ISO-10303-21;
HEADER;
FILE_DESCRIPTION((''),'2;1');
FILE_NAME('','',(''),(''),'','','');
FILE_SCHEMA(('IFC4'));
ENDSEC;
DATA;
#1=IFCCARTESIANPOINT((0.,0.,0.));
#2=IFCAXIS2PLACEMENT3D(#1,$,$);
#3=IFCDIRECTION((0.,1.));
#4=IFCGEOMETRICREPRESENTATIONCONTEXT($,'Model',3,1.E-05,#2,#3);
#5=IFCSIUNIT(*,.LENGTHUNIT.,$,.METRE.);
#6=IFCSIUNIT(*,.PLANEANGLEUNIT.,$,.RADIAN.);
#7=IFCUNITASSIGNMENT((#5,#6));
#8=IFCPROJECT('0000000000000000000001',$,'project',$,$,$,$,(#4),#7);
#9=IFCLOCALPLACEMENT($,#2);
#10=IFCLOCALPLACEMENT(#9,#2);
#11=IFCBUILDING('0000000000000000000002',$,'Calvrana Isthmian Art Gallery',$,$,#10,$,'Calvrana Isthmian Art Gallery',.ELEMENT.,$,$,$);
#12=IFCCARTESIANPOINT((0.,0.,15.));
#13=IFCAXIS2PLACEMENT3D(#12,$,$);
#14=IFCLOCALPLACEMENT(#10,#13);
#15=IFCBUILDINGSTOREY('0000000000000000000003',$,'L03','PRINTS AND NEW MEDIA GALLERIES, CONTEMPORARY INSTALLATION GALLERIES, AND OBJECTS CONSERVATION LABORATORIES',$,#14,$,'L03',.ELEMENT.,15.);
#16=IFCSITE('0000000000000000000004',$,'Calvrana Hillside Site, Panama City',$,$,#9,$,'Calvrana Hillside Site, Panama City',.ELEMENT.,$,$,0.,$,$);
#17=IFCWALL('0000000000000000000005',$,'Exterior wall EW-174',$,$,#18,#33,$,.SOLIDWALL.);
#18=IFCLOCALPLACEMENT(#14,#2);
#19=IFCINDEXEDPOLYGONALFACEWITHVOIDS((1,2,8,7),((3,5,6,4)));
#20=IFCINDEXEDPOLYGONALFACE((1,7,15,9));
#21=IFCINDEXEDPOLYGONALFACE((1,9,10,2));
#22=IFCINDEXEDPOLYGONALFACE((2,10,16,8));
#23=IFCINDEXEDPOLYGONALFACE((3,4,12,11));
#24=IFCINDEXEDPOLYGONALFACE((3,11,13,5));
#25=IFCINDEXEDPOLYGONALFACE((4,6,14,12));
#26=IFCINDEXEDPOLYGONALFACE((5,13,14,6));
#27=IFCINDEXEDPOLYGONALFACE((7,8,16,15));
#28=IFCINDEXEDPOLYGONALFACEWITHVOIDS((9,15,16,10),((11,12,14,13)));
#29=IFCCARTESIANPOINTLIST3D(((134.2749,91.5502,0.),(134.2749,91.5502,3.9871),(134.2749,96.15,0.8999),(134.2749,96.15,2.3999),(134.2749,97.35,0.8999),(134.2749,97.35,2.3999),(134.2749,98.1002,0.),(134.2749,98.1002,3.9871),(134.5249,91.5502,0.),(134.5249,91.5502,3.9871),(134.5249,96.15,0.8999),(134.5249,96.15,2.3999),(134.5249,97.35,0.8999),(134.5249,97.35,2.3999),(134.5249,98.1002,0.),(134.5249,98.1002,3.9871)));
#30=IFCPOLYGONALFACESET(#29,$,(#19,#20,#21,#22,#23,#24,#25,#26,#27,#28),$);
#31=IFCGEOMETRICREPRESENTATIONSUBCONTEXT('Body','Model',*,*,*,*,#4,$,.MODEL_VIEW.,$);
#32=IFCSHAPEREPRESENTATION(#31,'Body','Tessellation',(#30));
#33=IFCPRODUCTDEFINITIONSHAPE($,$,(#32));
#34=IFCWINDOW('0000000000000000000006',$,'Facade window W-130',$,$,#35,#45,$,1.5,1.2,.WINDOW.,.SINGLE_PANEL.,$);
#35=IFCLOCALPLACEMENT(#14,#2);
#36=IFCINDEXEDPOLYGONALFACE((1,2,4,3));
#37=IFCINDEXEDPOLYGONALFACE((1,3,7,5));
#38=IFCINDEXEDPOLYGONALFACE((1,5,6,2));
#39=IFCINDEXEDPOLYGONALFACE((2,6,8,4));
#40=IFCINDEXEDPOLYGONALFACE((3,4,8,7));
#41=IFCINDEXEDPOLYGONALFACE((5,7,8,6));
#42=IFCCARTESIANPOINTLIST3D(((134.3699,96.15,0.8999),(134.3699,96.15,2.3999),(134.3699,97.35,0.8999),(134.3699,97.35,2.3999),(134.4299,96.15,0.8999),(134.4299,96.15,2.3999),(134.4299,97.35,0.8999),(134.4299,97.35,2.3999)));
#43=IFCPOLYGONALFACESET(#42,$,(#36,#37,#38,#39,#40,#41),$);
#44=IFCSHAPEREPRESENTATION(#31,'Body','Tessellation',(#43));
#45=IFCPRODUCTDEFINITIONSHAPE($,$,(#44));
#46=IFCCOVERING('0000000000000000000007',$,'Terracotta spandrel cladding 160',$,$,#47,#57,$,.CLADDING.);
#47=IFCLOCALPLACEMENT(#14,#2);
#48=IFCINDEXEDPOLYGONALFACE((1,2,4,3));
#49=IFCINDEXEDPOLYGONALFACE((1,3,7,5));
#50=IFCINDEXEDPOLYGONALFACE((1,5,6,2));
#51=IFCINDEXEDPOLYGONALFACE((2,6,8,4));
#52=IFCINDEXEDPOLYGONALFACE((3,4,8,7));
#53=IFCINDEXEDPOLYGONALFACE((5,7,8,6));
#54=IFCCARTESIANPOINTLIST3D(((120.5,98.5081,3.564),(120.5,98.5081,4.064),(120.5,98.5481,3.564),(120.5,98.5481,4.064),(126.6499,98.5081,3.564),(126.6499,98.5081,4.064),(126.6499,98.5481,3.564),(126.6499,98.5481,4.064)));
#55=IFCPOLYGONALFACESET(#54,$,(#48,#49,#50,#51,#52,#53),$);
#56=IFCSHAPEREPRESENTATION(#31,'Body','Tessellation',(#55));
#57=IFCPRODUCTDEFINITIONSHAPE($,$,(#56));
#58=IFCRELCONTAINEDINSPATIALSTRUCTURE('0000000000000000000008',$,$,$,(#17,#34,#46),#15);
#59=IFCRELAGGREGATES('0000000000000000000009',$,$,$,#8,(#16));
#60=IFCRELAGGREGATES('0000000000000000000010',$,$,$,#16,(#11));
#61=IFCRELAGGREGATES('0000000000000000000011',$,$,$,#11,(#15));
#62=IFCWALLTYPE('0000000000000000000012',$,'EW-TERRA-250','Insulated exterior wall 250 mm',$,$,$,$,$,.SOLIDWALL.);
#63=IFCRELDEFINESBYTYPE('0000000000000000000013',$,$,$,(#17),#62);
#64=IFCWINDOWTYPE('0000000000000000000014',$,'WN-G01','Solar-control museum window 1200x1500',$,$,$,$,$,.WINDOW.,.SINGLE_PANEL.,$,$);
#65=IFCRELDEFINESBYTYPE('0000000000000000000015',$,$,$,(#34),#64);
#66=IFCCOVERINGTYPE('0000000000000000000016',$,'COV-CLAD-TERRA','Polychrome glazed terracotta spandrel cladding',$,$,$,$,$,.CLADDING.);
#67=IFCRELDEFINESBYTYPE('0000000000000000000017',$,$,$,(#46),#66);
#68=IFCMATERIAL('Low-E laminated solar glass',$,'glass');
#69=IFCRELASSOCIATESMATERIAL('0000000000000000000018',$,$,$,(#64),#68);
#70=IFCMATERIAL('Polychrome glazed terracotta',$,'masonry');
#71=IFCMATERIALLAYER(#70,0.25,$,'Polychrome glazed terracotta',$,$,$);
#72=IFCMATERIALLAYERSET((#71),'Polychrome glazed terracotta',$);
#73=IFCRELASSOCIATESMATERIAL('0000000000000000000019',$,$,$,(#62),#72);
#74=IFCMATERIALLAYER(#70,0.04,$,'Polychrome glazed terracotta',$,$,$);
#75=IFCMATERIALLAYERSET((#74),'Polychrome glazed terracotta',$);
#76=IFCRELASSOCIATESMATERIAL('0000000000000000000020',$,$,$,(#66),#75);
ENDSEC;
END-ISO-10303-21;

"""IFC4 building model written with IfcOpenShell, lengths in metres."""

from ifc_helpers import new_model, si_unit, direction, frame, frame_2d, origin, origin_2d, place, context, subcontext, project, spatial, rectangle, extrude, material, layer, layer_set, type_object, element, fill, save


model = new_model("IFC4")

# Units and contexts
model_context = context("Model", 3, precision=1e-05, world=origin(), true_north=direction((0.0, 1.0)))
body_context = subcontext(model_context, "Body", "Model", "MODEL_VIEW")
ifc_project = project(units=[si_unit("LENGTHUNIT", "METRE"), si_unit("PLANEANGLEUNIT", "RADIAN")], contexts=[model_context])

# Site, building, storey
site_placement = place(None, origin())
site = spatial("IfcSite", under=ifc_project, at=site_placement, Name="Calvrana Hillside Site, Panama City", LongName="Calvrana Hillside Site, Panama City", CompositionType="ELEMENT", RefElevation=0.0)
building_placement = place(site_placement, origin())
building = spatial("IfcBuilding", under=site, at=building_placement, Name="Calvrana Isthmian Art Gallery", LongName="Calvrana Isthmian Art Gallery", CompositionType="ELEMENT")
storey_placement = place(building_placement, frame((0.0, 0.0, 15.0)))
storey = spatial("IfcBuildingStorey", under=building, at=storey_placement, Name="L03", Description="PRINTS AND NEW MEDIA GALLERIES, CONTEMPORARY INSTALLATION GALLERIES, AND OBJECTS CONSERVATION LABORATORIES", LongName="L03", CompositionType="ELEMENT", Elevation=15.0)

# Wall, opening, window
ifc_material_1 = material(Name="Low-E laminated solar glass", Category="glass")
window_type_1 = type_object("IfcWindowType", Name="WN-G01", Description="Solar-control museum window 1200x1500", PartitioningType="SINGLE_PANEL", PredefinedType="WINDOW", material=ifc_material_1)
ifc_material_2 = material(Name="Polychrome glazed terracotta", Category="masonry")
ifc_layer_1 = layer(ifc_material_2, 0.25, Name="Polychrome glazed terracotta")
ifc_layer_set_1 = layer_set([ifc_layer_1], Name="Polychrome glazed terracotta")
wall_type_1 = type_object("IfcWallType", Name="EW-TERRA-250", Description="Insulated exterior wall 250 mm", PredefinedType="SOLIDWALL", material=ifc_layer_set_1)
wall_1_placement = place(storey_placement, frame((134.3999, 98.1001, 0.0), z_axis=(0.0, 0.0, 1.0), x_axis=(0.0, -1.0, 0.0)))
wall_1 = element("IfcWall", 1, at=wall_1_placement, inside=storey, type_object=wall_type_1, Name="Exterior wall EW-174", PredefinedType="SOLIDWALL", context=body_context, shape_type="SweptSolid", body=[
    extrude(rectangle(XDim=6.55, YDim=0.25, at=frame_2d((3.2749, 0.0))), origin(), (0.0, 0.0, 1.0), 3.9871),
])
opening_1_placement = place(wall_1_placement, frame((0.75, 0.0, 0.8999)))
opening_1 = element("IfcOpeningElement", 2, at=opening_1_placement, cuts=wall_1, PredefinedType="OPENING", context=body_context, shape_type="SweptSolid", body=[
    extrude(rectangle(XDim=1.2, YDim=1.5, at=frame_2d((0.6001, 0.75))), frame((0.0, 0.1353, 0.0), z_axis=(0.0, -1.0, 0.0), x_axis=(1.0, 0.0, 0.0)), (0.0, 0.0, 1.0), 0.2705),
])
window_1_placement = place(opening_1_placement, origin())
window_1 = element("IfcWindow", 3, at=window_1_placement, inside=storey, type_object=window_type_1, Name="Facade window W-130", OverallHeight=1.5, OverallWidth=1.2, PartitioningType="SINGLE_PANEL", PredefinedType="WINDOW", context=body_context, shape_type="SweptSolid", body=[
    extrude(rectangle(XDim=1.2, YDim=1.5, at=frame_2d((0.6001, 0.75))), frame((0.0, 0.03, 0.0), z_axis=(0.0, -1.0, 0.0), x_axis=(1.0, 0.0, 0.0)), (0.0, 0.0, 1.0), 0.0601),
])
fill(opening_1, window_1)

# Covering
ifc_layer_2 = layer(ifc_material_2, 0.04, Name="Polychrome glazed terracotta")
ifc_layer_set_2 = layer_set([ifc_layer_2], Name="Polychrome glazed terracotta")
covering_type = type_object("IfcCoveringType", Name="COV-CLAD-TERRA", Description="Polychrome glazed terracotta spandrel cladding", PredefinedType="CLADDING", material=ifc_layer_set_2)
covering_placement = place(storey_placement, frame((123.575, 98.5281, 3.564), z_axis=(0.0, 0.0, 1.0), x_axis=(1.0, 0.0, 0.0)))
element("IfcCovering", 4, at=covering_placement, inside=storey, type_object=covering_type, Name="Terracotta spandrel cladding 160", PredefinedType="CLADDING", context=body_context, shape_type="SweptSolid", body=[
    extrude(rectangle(XDim=6.1499, YDim=0.04, at=origin_2d()), origin(), (0.0, 0.0, 1.0), 0.5),
])

save(model, "model.ifc")
